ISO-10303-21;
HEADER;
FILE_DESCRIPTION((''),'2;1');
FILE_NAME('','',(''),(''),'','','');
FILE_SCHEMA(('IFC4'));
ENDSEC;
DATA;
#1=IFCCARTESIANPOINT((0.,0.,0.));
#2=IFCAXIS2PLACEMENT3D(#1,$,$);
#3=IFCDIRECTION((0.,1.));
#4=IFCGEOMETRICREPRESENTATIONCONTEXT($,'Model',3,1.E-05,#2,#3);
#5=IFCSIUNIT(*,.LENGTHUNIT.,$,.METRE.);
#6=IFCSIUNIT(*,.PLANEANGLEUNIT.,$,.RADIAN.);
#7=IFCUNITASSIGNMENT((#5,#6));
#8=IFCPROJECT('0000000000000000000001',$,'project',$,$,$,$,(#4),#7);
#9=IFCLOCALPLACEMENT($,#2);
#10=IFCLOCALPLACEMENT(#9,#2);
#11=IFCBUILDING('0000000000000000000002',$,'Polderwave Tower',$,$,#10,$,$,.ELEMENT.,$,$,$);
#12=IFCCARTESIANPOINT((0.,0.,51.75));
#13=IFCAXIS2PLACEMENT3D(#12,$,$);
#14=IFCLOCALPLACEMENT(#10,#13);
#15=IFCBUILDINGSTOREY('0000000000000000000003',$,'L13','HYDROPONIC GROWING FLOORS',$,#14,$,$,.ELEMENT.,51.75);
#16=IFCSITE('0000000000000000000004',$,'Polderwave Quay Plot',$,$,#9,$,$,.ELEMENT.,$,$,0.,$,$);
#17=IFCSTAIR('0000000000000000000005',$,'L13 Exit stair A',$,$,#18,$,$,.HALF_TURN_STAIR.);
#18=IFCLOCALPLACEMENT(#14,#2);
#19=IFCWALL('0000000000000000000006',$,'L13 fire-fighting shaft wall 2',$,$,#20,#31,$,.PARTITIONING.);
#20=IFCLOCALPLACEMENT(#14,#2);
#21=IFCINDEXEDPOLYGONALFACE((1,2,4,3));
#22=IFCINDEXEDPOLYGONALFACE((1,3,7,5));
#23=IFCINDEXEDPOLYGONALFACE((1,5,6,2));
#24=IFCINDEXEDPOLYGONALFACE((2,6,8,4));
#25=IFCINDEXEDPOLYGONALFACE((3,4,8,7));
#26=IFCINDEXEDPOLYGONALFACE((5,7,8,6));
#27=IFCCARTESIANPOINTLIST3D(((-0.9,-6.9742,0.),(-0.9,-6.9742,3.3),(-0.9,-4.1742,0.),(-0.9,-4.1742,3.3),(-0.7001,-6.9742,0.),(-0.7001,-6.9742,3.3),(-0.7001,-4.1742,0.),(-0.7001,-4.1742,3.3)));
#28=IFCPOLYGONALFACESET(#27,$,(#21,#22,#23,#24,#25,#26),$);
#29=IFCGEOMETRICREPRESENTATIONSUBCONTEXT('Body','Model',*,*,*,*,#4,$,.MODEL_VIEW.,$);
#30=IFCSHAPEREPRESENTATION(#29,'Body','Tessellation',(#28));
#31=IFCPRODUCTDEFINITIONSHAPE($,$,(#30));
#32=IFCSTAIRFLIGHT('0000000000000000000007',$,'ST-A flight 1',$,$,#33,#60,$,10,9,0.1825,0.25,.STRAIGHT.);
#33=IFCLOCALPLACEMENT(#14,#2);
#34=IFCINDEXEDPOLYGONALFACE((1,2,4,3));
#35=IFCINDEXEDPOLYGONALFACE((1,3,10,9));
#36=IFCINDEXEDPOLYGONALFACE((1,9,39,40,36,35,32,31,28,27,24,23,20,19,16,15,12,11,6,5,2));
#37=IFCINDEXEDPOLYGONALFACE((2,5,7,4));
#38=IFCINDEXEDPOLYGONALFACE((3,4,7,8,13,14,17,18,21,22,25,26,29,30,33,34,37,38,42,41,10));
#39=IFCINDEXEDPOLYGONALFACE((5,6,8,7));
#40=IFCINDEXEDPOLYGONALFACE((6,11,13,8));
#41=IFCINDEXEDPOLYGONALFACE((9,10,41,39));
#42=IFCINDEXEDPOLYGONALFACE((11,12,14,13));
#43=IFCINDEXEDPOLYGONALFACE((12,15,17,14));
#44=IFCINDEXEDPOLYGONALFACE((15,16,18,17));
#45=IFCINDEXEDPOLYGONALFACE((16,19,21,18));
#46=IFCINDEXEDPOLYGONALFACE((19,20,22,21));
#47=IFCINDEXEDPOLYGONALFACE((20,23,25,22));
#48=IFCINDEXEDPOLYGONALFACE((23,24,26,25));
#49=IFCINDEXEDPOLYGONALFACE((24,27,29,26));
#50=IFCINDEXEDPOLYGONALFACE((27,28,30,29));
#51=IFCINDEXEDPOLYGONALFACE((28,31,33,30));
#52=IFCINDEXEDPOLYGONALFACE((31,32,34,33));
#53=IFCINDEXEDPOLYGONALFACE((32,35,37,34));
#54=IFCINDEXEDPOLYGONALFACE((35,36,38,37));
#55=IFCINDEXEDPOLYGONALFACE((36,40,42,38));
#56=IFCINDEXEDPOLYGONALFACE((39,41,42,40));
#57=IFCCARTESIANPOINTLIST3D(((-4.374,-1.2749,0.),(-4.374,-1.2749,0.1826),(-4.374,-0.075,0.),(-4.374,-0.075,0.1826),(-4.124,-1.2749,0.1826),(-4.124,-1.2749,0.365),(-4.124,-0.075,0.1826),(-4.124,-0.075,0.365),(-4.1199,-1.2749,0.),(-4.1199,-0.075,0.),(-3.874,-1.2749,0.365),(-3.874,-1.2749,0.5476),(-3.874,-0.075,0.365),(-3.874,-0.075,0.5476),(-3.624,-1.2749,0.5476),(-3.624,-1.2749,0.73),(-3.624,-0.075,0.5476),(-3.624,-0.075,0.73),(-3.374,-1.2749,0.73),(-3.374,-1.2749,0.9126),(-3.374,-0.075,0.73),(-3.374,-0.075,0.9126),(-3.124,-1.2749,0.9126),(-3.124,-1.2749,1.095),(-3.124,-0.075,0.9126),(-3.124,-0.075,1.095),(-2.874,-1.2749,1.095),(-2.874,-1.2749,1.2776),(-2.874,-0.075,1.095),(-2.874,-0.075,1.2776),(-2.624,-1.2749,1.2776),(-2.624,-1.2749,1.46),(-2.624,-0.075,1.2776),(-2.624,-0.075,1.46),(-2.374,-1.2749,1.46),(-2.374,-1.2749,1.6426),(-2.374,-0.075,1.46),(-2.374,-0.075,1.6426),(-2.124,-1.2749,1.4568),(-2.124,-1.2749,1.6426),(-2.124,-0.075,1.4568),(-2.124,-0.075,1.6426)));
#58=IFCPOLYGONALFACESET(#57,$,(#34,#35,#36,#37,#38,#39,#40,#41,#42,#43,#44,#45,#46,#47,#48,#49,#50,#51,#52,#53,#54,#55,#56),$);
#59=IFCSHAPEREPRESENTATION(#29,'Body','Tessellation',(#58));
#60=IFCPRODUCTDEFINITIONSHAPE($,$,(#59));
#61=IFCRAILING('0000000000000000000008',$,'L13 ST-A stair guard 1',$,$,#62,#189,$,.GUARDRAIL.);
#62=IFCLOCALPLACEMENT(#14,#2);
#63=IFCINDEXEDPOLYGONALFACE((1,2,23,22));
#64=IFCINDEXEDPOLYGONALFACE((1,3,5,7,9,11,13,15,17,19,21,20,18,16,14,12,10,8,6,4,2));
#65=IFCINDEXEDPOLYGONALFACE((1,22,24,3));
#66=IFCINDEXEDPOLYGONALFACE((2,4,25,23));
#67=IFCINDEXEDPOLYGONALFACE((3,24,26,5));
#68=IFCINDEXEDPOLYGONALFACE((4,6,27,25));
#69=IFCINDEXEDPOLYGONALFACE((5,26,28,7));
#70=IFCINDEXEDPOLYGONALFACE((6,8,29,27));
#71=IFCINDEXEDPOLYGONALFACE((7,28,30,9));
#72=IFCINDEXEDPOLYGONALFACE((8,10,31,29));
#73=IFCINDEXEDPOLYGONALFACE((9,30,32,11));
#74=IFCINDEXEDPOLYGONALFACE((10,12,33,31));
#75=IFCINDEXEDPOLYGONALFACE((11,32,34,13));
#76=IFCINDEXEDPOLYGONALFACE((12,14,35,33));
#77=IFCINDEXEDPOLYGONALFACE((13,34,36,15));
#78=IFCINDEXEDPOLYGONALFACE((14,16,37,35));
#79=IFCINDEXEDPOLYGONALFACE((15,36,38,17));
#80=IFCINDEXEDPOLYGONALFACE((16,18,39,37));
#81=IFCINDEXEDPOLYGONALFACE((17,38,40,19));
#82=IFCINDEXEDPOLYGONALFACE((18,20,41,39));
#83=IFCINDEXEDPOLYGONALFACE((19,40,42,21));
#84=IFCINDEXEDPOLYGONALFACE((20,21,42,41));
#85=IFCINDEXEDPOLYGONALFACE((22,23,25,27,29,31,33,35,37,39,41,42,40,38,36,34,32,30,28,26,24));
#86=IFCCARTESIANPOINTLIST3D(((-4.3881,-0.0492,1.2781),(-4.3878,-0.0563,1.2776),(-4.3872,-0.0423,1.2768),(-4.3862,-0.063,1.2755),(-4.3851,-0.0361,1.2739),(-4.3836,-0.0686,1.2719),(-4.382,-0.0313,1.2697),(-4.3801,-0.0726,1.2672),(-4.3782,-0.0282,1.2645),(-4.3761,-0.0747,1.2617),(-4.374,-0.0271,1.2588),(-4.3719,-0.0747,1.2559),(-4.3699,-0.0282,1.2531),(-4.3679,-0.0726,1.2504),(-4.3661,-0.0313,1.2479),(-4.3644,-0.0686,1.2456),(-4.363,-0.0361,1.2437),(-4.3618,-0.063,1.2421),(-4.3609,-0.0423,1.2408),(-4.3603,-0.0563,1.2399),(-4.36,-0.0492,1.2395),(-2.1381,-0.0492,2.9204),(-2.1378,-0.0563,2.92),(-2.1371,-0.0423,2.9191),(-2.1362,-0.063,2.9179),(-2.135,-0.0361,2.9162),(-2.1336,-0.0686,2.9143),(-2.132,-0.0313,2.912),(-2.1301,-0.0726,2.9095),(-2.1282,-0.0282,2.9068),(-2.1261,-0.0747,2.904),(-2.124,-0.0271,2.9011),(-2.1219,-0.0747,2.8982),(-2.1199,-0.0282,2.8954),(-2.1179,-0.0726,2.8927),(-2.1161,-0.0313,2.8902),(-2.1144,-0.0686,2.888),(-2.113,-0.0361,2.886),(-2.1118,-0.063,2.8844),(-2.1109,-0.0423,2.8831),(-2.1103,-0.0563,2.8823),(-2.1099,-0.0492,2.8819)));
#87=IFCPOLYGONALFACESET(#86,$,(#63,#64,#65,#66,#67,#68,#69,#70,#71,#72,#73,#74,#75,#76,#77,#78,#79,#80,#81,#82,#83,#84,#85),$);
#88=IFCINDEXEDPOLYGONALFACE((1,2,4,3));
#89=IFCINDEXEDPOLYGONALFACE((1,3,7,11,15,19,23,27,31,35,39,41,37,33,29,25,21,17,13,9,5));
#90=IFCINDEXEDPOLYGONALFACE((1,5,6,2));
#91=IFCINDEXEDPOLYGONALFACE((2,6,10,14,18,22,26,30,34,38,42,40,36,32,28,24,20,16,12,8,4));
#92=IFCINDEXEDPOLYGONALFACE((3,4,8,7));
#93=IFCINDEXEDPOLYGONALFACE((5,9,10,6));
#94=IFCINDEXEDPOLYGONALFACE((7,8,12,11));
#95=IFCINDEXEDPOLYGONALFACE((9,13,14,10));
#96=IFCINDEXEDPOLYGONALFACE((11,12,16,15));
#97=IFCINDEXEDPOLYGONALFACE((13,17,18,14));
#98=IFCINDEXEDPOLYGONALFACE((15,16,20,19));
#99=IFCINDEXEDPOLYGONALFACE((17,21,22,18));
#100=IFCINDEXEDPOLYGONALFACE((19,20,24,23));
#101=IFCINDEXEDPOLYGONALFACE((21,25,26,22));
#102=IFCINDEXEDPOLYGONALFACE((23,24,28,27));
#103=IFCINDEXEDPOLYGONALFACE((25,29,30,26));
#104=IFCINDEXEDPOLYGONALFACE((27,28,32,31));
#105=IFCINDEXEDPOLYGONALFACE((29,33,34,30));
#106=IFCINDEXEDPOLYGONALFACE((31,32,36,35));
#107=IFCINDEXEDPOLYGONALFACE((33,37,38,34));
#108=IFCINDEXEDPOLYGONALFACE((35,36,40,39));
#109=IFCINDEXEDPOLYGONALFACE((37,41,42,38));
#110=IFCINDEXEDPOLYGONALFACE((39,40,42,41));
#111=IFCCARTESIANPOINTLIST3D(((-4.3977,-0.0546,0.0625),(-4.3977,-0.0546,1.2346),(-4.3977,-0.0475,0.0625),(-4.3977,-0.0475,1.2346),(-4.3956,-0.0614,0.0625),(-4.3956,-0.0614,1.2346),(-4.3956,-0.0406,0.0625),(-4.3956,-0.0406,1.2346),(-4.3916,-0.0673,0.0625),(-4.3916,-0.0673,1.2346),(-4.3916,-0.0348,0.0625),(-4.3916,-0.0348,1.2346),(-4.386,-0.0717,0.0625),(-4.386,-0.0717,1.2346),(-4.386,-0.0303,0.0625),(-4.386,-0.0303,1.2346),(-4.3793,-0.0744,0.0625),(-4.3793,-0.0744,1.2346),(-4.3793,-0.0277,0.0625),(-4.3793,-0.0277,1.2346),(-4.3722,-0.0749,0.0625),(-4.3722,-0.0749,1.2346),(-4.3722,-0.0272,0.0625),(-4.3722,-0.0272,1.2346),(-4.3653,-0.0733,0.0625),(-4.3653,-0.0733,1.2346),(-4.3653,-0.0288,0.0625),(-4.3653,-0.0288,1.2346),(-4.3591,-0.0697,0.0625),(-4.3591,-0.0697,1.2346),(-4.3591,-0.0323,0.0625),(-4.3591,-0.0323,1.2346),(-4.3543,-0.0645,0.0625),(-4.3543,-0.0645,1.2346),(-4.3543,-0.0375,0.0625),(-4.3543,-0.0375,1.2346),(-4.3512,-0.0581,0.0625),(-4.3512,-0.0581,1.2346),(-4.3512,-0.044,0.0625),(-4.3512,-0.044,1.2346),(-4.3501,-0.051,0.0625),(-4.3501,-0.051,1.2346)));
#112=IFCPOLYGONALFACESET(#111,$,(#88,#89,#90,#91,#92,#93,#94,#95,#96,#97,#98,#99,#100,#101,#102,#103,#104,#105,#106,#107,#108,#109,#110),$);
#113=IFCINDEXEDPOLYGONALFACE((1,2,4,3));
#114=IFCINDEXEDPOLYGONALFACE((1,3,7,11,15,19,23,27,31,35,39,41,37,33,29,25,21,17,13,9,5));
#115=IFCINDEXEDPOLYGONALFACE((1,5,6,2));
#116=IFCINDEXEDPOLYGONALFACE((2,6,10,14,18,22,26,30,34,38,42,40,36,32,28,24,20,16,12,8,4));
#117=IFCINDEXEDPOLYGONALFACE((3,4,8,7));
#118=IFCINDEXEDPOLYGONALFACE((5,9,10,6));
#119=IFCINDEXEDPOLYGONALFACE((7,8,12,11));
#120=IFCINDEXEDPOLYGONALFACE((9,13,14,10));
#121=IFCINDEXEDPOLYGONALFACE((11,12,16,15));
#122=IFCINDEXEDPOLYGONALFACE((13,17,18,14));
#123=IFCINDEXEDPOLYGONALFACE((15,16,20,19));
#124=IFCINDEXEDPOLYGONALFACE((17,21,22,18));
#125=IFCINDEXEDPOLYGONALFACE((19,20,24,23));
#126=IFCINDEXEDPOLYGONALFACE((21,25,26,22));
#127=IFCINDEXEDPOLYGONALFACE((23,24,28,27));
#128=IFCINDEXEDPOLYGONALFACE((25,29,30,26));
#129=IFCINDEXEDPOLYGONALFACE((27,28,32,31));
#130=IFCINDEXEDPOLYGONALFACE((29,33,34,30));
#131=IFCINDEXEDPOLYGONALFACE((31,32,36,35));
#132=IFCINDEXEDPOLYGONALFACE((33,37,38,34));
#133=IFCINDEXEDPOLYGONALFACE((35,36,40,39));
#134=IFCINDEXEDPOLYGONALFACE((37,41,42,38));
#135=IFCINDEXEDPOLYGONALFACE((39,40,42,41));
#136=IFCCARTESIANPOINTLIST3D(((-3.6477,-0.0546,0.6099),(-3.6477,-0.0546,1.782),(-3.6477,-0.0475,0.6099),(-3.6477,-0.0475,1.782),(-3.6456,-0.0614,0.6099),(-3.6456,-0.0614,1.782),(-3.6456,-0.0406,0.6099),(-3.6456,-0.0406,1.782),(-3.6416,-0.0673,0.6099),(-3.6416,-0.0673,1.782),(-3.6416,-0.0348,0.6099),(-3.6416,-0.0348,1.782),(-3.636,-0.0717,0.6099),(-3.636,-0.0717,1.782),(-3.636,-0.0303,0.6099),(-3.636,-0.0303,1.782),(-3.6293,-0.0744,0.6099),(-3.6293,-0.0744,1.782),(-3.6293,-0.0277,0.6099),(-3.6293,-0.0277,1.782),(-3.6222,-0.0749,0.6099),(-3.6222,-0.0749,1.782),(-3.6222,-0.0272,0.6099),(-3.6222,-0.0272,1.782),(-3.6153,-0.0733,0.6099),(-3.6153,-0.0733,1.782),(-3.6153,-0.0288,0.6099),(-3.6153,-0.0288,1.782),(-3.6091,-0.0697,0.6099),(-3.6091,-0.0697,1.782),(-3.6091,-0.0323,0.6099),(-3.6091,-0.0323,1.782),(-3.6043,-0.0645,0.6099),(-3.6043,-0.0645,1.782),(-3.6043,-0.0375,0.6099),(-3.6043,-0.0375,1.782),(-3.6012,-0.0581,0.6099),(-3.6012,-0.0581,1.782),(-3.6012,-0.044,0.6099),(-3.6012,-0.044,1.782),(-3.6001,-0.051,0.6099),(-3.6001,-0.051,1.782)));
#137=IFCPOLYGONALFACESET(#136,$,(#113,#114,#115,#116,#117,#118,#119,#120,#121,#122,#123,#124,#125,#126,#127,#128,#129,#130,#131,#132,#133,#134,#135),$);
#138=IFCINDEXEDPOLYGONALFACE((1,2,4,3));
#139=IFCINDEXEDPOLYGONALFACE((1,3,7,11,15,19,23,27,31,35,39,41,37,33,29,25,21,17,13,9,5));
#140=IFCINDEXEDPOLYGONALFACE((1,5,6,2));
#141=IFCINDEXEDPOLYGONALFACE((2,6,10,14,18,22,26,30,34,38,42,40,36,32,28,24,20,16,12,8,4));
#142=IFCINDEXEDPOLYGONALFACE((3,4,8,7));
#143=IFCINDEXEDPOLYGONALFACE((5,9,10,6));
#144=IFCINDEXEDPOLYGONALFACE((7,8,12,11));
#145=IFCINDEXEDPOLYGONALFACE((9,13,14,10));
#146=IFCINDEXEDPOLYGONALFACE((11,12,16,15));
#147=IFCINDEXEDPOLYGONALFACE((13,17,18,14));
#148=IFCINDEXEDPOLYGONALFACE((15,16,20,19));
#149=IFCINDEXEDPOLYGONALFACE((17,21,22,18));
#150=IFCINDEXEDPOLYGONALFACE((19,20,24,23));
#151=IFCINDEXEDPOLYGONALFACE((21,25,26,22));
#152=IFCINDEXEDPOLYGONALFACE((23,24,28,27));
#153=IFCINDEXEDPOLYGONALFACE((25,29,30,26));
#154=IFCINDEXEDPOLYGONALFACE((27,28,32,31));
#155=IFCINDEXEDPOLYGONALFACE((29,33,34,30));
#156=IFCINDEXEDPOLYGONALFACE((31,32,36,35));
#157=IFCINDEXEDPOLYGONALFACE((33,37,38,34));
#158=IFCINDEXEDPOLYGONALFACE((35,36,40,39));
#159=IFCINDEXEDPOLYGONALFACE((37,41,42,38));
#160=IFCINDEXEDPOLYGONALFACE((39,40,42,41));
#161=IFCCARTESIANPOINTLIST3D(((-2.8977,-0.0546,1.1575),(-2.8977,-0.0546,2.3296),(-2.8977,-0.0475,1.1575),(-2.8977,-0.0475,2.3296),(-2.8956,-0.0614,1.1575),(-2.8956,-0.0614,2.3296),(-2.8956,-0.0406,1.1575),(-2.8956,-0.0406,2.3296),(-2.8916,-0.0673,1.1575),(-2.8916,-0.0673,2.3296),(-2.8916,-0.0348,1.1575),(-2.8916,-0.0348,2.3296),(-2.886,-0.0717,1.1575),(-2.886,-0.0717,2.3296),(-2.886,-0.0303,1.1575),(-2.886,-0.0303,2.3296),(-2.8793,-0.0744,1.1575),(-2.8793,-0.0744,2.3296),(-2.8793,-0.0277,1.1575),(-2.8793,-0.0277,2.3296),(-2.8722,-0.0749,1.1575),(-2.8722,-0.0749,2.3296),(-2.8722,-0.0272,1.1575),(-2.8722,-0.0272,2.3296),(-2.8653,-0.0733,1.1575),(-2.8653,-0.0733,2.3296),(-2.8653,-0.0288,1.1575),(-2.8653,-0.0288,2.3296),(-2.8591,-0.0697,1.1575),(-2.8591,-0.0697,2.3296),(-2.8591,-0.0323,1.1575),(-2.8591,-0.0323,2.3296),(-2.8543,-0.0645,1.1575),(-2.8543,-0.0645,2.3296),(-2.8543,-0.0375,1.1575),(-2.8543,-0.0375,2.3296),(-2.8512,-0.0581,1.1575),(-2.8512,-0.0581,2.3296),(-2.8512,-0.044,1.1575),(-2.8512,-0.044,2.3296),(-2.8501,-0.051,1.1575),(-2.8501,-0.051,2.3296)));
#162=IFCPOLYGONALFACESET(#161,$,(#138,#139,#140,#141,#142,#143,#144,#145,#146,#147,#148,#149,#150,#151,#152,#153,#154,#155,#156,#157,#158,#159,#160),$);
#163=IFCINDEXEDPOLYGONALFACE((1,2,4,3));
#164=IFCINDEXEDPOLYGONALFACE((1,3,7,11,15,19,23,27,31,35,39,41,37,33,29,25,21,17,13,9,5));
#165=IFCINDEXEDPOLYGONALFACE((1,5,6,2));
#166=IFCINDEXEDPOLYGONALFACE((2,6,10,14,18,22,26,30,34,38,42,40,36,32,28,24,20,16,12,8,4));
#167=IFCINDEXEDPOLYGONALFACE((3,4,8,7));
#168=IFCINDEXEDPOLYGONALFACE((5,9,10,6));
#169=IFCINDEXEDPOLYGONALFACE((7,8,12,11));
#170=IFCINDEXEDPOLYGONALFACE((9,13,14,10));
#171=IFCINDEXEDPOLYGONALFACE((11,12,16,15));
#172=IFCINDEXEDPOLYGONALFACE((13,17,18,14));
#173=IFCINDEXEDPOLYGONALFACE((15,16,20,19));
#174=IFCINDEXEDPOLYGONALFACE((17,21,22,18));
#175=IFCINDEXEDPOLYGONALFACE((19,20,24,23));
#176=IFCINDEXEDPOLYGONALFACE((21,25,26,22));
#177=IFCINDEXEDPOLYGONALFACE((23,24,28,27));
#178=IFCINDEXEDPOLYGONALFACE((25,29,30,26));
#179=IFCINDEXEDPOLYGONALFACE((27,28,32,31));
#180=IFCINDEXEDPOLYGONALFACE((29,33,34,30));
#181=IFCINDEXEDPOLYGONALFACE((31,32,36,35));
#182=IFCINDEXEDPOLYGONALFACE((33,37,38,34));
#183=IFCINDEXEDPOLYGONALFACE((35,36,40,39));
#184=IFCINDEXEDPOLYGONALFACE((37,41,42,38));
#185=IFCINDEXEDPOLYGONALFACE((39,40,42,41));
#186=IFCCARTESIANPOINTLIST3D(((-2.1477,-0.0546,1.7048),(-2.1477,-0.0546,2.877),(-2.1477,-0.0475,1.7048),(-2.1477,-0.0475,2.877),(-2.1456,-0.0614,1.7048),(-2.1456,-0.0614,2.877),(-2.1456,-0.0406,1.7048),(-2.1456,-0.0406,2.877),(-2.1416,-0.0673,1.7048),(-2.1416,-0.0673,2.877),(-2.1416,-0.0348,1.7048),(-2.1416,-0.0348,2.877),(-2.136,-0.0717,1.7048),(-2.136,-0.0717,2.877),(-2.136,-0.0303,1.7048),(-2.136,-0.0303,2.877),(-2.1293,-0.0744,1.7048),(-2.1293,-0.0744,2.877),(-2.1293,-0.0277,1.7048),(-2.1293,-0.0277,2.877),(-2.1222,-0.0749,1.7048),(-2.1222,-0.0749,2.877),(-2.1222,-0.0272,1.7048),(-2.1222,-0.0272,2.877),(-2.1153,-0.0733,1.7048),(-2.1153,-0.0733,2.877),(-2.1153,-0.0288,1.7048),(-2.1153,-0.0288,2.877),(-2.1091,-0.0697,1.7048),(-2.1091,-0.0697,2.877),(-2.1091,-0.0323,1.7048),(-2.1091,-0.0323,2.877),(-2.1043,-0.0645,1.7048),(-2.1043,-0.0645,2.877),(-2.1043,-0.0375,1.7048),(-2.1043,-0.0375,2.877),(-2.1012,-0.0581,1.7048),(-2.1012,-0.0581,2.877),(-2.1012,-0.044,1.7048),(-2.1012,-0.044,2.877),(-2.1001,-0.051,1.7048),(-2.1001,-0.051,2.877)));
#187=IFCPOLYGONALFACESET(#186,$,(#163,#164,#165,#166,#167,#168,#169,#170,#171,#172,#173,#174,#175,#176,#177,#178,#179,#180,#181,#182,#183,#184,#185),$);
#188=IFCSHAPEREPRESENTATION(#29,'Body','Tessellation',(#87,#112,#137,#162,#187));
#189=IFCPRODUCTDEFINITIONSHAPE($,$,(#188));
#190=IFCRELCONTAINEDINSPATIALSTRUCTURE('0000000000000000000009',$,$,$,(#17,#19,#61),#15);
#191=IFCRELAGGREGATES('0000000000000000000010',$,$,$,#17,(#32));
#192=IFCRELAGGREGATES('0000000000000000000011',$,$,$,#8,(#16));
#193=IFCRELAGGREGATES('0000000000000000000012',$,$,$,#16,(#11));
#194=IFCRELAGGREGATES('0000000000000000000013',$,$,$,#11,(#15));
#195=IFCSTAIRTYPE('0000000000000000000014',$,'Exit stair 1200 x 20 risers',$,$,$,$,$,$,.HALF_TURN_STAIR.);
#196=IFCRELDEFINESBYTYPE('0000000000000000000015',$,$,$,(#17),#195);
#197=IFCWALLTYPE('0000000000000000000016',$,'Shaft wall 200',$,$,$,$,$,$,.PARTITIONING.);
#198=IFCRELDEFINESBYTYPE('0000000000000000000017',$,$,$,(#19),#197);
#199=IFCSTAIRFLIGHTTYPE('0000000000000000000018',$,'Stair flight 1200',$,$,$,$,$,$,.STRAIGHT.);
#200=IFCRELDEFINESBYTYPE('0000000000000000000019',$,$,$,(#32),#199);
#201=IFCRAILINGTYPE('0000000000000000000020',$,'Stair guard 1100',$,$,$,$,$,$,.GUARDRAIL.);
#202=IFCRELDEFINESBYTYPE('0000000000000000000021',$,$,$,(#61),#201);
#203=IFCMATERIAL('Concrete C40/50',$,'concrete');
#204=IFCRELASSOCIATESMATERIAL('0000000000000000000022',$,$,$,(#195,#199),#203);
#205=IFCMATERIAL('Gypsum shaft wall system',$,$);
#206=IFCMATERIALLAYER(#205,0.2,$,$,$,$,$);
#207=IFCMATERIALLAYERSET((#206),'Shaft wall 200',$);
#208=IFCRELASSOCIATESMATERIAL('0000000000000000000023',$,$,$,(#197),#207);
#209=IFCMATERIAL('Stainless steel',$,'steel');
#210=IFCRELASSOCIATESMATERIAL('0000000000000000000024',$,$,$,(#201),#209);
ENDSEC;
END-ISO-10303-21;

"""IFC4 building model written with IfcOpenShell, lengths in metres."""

from ifc_helpers import new_model, si_unit, direction, frame, frame_2d, origin, origin_2d, place, context, subcontext, project, spatial, polyline, rectangle, circle, outline, extrude, material, layer, layer_set, type_object, element, aggregate, save


model = new_model("IFC4")

# Units and contexts
model_context = context("Model", 3, precision=1e-05, world=origin(), true_north=direction((0.0, 1.0)))
body_context = subcontext(model_context, "Body", "Model", "MODEL_VIEW")
ifc_project = project(units=[si_unit("LENGTHUNIT", "METRE"), si_unit("PLANEANGLEUNIT", "RADIAN")], contexts=[model_context])

# Site, building, storey
site_placement = place(None, origin())
site = spatial("IfcSite", under=ifc_project, at=site_placement, Name="Polderwave Quay Plot", CompositionType="ELEMENT", RefElevation=0.0)
building_placement = place(site_placement, origin())
building = spatial("IfcBuilding", under=site, at=building_placement, Name="Polderwave Tower", CompositionType="ELEMENT")
storey_placement = place(building_placement, frame((0.0, 0.0, 51.75)))
storey = spatial("IfcBuildingStorey", under=building, at=storey_placement, Name="L13", Description="HYDROPONIC GROWING FLOORS", CompositionType="ELEMENT", Elevation=51.75)

# Shared definitions
ifc_material_1 = material(Name="Concrete C40/50", Category="concrete")

# Stair
stair_type = type_object("IfcStairType", Name="Exit stair 1200 x 20 risers", PredefinedType="HALF_TURN_STAIR", material=ifc_material_1)
stair_placement = place(storey_placement, origin())
stair = element("IfcStair", 1, at=stair_placement, inside=storey, type_object=stair_type, Name="L13 Exit stair A", PredefinedType="HALF_TURN_STAIR")

# Wall
ifc_material_2 = material(Name="Gypsum shaft wall system")
ifc_layer_1 = layer(ifc_material_2, 0.2)
ifc_layer_set_1 = layer_set([ifc_layer_1], Name="Shaft wall 200")
wall_type_1 = type_object("IfcWallType", Name="Shaft wall 200", PredefinedType="PARTITIONING", material=ifc_layer_set_1)
for number, where, z_axis, x_axis, name in (
    (2, (-0.8, -6.9741, 0.0), (0.0, 0.0, 1.0), (0.0, 1.0, 0.0), "L13 fire-fighting shaft wall 2"),
):
    element("IfcWall", number, at=place(storey_placement, frame(where, z_axis=z_axis, x_axis=x_axis)), inside=storey, type_object=wall_type_1, Name=name, PredefinedType="PARTITIONING", context=body_context, shape_type="SweptSolid", body=[
        extrude(rectangle(XDim=2.8, YDim=0.2, at=frame_2d((1.3999, 0.0))), origin(), (0.0, 0.0, 1.0), 3.3),
    ])

# Stair flight
stair_flight_type = type_object("IfcStairFlightType", Name="Stair flight 1200", PredefinedType="STRAIGHT", material=ifc_material_1)
stair_flight_placement = place(storey_placement, frame((-4.374, -0.675, 0.0), z_axis=(0.0, 0.0, 1.0), x_axis=(1.0, 0.0, 0.0)))
stair_flight = element("IfcStairFlight", 3, at=stair_flight_placement, type_object=stair_flight_type, Name="ST-A flight 1", NumberOfRisers=10, NumberOfTreads=9, PredefinedType="STRAIGHT", RiserHeight=0.1825, TreadLength=0.25, context=body_context, shape_type="SweptSolid", body=[
    extrude(outline(polyline([(0.0, 0.0), (0.0, 0.1826), (0.25, 0.1826), (0.25, 0.365), (0.5, 0.365), (0.5, 0.5476), (0.75, 0.5476), (0.75, 0.73), (1.0, 0.73), (1.0, 0.9126), (1.25, 0.9126), (1.25, 1.095), (1.5, 1.095), (1.5, 1.2776), (1.75, 1.2776), (1.75, 1.46), (2.0, 1.46), (2.0, 1.6426), (2.25, 1.6426), (2.25, 1.825), (2.25, 1.4568), (0.2542, 0.0), (0.0, 0.0)])), frame((0.0, 0.6001, 0.0), z_axis=(0.0, -1.0, 0.0), x_axis=(1.0, 0.0, 0.0)), (0.0, 0.0, 1.0), 1.2),
])
aggregate(stair, [stair_flight])

# Railing
ifc_material_3 = material(Name="Stainless steel", Category="steel")
railing_type = type_object("IfcRailingType", Name="Stair guard 1100", PredefinedType="GUARDRAIL", material=ifc_material_3)
railing_1_placement = place(storey_placement, frame((-4.374, -0.051, 0.0625)))
element("IfcRailing", 4, at=railing_1_placement, inside=storey, type_object=railing_type, Name="L13 ST-A stair guard 1", PredefinedType="GUARDRAIL", context=body_context, shape_type="SweptSolid", body=[
    extrude(circle(Radius=0.0239, at=origin_2d()), frame((0.0, 0.0, 1.1963), z_axis=(0.807715, 0.0, 0.589573), x_axis=(0.0, 1.0, 0.0)), (0.0, 0.0, 1.0), 2.7856),
    extrude(circle(Radius=0.0239, at=origin_2d()), origin(), (0.0, 0.0, 1.0), 1.1721),
    extrude(circle(Radius=0.0239, at=origin_2d()), frame((0.75, 0.0, 0.5474)), (0.0, 0.0, 1.0), 1.1721),
    extrude(circle(Radius=0.0239, at=origin_2d()), frame((1.5, 0.0, 1.095)), (0.0, 0.0, 1.0), 1.1721),
    extrude(circle(Radius=0.0239, at=origin_2d()), frame((2.25, 0.0, 1.6423)), (0.0, 0.0, 1.0), 1.1721),
])

save(model, "model.ifc")
